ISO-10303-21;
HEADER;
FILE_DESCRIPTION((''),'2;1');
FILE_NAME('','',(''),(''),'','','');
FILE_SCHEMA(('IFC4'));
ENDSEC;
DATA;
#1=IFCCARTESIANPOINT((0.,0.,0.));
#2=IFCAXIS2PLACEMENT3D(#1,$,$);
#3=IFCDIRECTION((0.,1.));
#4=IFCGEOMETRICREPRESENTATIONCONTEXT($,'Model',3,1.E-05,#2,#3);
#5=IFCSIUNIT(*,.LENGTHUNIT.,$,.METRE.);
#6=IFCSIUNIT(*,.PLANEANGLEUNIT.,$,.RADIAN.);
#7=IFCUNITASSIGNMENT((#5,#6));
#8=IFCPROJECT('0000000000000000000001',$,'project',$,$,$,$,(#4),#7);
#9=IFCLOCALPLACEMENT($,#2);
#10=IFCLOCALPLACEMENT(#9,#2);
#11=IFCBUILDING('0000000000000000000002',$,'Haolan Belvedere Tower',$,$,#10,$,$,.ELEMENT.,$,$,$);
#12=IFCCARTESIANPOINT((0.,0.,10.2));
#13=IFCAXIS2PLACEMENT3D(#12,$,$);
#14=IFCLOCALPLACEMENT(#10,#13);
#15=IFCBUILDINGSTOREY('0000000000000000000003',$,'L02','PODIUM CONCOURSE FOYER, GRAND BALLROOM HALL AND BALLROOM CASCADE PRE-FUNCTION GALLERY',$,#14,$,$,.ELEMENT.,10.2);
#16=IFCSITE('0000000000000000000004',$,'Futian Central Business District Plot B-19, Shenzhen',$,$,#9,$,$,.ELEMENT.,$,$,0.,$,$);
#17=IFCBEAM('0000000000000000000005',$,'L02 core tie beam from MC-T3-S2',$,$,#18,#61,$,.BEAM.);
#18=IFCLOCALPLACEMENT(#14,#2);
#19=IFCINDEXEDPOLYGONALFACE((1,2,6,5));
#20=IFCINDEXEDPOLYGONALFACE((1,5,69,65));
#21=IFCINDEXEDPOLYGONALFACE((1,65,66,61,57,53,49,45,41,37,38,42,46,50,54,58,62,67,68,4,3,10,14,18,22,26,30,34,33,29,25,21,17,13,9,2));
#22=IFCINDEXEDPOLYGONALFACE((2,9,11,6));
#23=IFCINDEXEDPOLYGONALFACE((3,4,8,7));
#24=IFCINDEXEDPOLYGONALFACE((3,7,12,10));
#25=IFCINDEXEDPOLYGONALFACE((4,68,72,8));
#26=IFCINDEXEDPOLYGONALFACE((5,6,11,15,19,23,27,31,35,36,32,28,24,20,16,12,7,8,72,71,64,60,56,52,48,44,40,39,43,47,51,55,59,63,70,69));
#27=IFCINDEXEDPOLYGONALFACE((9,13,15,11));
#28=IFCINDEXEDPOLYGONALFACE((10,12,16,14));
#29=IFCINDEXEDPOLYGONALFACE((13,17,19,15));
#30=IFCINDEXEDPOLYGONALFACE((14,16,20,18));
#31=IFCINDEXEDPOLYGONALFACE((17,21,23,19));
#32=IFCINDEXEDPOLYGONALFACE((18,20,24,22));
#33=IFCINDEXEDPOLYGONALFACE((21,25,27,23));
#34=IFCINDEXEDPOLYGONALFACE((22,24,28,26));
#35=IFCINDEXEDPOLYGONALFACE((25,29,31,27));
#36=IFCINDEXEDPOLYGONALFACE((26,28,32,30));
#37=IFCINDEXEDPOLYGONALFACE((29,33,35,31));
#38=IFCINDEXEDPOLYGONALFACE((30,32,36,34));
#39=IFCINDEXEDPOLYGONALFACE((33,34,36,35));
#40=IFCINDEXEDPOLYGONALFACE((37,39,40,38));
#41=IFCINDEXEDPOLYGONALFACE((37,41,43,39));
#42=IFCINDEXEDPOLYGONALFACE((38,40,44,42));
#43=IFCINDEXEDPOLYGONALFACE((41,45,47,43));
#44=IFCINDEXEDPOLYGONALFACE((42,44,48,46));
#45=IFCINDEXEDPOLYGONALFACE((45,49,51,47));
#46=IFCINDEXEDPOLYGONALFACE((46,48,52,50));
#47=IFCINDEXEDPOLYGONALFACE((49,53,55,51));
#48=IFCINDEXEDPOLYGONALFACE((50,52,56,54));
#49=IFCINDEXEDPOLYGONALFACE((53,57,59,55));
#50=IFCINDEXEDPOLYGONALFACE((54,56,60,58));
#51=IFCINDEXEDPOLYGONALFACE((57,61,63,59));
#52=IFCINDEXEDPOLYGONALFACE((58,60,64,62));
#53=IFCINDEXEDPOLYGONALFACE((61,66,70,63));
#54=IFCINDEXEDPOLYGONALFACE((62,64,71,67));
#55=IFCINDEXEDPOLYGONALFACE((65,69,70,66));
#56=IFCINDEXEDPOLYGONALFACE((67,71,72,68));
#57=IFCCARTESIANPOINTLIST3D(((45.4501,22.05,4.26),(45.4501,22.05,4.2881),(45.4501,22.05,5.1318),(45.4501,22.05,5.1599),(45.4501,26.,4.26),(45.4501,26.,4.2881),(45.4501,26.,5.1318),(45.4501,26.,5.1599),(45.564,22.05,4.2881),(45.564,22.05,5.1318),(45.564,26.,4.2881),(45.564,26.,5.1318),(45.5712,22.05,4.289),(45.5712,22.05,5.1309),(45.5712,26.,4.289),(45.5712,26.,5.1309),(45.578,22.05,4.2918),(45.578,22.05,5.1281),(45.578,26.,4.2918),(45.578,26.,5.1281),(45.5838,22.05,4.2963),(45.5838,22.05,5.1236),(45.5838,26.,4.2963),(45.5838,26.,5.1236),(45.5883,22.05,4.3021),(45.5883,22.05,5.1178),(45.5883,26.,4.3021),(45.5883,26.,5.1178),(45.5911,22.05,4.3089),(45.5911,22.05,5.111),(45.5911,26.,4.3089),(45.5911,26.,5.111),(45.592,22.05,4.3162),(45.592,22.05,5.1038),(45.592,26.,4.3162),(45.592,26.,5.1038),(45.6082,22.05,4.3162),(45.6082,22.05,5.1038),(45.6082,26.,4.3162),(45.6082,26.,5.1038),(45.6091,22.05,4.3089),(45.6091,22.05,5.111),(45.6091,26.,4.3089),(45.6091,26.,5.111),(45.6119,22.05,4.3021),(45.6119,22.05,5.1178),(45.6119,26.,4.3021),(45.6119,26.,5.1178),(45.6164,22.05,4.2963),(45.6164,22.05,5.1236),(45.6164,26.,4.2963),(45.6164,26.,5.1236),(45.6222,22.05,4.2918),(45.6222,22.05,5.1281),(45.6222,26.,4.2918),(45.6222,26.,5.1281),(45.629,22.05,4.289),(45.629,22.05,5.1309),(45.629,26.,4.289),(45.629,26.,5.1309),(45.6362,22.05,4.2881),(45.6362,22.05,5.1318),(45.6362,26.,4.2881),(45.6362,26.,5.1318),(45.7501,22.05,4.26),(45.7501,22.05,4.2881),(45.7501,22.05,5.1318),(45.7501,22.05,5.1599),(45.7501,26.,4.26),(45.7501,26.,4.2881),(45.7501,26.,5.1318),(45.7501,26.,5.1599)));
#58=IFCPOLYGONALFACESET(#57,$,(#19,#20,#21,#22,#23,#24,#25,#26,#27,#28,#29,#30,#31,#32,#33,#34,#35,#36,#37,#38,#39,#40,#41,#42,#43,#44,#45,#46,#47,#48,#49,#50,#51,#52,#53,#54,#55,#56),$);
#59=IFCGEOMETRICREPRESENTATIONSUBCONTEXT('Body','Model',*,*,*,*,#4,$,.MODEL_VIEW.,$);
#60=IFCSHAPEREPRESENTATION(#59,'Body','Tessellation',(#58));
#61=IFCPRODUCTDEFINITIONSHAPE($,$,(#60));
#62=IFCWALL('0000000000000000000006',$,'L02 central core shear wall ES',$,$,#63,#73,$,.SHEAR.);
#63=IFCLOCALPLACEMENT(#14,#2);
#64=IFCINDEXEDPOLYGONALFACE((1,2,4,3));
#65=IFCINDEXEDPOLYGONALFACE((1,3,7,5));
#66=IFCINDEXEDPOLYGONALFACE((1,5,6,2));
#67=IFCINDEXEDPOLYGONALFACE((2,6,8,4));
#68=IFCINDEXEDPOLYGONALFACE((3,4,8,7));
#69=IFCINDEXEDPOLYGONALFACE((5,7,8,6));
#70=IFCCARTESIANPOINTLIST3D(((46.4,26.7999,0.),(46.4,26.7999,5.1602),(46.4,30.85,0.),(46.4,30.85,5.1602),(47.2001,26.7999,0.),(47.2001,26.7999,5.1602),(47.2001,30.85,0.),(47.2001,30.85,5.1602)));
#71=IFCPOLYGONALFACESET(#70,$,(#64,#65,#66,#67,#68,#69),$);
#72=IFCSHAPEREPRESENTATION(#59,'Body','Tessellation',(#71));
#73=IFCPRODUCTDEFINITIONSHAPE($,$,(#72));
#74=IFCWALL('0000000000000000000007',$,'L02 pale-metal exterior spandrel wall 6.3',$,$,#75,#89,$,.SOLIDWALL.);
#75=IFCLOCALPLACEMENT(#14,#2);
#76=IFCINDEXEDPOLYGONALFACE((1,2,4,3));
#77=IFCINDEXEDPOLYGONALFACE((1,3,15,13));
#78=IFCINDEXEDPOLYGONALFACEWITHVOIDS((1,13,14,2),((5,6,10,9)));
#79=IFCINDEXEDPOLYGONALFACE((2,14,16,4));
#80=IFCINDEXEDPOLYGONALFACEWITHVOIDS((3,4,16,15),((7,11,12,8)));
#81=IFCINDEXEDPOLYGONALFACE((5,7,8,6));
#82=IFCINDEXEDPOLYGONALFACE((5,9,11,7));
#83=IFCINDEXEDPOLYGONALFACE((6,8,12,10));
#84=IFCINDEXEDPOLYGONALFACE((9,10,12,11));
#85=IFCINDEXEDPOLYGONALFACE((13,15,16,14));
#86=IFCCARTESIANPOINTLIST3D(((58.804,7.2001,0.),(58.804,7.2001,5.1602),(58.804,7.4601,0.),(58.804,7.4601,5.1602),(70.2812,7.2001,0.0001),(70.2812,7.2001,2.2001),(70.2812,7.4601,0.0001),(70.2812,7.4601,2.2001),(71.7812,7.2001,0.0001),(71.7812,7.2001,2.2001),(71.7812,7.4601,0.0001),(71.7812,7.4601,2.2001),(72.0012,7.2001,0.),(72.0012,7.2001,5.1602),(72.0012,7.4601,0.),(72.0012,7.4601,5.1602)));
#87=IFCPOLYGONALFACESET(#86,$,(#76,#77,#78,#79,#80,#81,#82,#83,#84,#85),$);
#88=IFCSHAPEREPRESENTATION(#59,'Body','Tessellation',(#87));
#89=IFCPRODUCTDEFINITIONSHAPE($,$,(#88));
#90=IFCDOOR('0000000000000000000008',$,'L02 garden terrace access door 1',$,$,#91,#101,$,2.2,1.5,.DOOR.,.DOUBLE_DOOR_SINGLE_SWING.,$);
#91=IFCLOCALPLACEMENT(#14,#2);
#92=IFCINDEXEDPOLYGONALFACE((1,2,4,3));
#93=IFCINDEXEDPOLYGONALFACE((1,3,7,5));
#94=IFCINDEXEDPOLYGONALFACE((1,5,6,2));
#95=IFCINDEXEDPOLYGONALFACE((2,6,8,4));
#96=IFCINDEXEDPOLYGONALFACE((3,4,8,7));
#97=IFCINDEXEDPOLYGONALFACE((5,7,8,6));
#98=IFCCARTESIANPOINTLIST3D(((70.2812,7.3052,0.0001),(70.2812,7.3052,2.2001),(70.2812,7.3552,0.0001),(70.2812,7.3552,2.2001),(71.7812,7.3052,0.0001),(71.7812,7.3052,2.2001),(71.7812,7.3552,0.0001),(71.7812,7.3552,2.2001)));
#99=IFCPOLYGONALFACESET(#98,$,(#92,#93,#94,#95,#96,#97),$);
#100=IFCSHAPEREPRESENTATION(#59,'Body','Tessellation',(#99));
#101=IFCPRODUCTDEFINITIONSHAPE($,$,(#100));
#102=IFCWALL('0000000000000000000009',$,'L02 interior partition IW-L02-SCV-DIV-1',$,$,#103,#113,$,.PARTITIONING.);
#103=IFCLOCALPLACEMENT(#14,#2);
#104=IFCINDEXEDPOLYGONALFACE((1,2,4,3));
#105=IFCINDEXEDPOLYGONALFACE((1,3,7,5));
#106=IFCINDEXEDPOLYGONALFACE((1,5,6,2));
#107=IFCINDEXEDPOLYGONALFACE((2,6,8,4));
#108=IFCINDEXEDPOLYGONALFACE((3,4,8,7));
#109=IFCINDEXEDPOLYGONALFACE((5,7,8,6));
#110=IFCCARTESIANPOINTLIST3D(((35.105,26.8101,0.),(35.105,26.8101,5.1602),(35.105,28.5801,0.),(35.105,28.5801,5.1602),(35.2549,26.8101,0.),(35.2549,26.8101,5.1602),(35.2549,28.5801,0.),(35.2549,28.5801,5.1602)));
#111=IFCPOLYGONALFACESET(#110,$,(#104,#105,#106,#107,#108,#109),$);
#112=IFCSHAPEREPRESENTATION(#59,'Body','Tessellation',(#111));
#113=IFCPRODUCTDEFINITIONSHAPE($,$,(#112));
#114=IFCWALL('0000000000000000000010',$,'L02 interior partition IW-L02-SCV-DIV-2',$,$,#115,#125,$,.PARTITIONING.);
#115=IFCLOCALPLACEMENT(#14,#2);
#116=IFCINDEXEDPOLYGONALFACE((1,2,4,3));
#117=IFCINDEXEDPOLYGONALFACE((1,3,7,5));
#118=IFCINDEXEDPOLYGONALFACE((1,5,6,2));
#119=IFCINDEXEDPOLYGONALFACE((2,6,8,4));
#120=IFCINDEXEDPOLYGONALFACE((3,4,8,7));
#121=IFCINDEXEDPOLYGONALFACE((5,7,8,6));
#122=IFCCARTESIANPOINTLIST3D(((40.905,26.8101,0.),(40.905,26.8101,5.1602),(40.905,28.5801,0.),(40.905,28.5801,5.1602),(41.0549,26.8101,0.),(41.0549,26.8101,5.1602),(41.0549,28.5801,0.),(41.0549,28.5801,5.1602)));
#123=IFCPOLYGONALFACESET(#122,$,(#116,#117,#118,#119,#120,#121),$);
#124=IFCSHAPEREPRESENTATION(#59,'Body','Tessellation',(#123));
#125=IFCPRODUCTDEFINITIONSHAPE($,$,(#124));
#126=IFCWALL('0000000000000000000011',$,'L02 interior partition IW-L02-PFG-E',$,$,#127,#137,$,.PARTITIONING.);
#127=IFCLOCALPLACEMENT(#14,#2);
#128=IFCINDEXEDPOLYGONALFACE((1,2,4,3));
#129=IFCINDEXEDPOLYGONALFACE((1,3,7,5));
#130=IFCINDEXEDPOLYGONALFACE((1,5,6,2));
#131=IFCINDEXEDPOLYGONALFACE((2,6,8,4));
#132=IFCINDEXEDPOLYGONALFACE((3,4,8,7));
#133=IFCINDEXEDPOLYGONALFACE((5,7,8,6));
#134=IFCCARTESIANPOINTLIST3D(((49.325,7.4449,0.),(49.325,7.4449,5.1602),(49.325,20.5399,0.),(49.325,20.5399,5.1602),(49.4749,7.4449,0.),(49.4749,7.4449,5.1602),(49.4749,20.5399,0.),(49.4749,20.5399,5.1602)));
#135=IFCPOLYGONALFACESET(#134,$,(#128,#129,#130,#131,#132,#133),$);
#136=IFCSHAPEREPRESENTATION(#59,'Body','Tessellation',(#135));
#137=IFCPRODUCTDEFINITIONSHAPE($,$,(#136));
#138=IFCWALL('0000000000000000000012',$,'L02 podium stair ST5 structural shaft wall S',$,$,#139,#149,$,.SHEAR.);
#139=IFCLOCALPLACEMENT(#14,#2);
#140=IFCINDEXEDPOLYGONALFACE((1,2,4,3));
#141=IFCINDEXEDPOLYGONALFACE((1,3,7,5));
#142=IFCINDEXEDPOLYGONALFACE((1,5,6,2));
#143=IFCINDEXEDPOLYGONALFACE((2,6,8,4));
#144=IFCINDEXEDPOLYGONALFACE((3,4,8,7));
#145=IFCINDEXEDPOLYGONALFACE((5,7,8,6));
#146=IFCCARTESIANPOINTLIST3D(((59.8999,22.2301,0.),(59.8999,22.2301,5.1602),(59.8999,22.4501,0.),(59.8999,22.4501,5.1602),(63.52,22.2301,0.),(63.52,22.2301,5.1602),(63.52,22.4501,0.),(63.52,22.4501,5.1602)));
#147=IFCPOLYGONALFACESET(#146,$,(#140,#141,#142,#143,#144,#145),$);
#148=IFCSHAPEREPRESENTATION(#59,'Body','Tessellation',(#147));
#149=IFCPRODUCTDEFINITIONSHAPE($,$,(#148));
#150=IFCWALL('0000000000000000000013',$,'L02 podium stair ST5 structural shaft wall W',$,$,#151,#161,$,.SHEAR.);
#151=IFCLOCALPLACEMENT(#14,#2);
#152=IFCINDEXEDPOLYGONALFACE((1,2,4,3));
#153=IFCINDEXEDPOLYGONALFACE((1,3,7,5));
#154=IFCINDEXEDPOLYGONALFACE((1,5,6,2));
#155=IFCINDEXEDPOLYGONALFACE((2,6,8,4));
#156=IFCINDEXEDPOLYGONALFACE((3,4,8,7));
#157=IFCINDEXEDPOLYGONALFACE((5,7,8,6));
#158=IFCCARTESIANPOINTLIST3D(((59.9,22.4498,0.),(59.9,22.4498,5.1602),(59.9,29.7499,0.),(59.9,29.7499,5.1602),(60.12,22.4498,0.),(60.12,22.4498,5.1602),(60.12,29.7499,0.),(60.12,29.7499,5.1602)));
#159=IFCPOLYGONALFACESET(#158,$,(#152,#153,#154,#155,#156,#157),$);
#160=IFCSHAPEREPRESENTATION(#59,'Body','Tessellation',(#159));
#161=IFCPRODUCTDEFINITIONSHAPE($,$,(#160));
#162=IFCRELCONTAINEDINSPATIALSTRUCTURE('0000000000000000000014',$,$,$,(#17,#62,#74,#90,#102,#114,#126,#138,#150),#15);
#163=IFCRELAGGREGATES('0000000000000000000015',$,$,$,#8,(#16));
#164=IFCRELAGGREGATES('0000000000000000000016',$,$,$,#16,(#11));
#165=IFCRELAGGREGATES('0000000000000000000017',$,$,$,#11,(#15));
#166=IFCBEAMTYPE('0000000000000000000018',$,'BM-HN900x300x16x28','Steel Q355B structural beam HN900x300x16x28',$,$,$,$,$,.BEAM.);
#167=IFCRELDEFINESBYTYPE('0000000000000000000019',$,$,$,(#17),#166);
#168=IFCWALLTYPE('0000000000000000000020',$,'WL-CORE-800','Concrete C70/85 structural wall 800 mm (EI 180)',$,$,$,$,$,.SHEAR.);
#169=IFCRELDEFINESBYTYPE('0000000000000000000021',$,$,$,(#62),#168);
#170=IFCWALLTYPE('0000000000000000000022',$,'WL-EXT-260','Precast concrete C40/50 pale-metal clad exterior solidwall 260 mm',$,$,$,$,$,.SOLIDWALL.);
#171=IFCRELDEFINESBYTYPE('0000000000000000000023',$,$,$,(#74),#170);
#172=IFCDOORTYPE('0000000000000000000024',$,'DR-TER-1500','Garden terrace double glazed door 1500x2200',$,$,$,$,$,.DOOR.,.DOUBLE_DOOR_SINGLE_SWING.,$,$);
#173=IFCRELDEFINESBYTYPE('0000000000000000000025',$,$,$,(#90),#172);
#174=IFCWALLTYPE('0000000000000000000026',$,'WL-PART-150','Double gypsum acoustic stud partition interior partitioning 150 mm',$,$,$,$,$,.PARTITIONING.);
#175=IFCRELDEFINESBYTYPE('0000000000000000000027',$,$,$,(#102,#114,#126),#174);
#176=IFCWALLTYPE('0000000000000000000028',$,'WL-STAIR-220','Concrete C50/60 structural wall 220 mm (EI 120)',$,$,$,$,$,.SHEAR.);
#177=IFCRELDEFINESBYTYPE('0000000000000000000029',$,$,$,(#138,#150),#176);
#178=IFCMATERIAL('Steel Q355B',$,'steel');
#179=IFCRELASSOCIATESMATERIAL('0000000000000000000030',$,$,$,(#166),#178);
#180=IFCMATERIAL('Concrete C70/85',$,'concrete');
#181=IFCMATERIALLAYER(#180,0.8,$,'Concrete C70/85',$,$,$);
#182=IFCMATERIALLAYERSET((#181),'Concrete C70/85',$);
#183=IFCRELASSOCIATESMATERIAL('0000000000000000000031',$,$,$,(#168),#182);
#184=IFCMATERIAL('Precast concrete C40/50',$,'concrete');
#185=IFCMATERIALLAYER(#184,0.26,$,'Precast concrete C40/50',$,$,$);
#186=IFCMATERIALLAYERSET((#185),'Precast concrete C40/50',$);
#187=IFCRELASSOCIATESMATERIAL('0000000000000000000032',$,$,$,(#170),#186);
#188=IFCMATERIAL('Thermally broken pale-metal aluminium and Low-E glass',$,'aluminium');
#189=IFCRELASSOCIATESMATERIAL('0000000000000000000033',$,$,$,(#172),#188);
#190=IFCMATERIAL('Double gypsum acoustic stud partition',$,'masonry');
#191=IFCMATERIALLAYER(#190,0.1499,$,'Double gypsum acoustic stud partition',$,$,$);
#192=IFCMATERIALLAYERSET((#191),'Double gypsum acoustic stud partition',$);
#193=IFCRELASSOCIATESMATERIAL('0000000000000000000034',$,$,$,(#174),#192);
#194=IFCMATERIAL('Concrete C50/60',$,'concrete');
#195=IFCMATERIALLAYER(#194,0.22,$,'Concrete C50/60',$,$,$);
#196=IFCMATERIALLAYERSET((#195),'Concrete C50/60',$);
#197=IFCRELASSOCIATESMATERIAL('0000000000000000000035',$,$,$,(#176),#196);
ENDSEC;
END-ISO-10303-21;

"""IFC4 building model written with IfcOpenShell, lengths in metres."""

from ifc_helpers import new_model, si_unit, direction, frame, frame_2d, origin, origin_2d, place, context, subcontext, project, spatial, rectangle, i_section, extrude, material, layer, layer_set, material_profile, profile_set, type_object, element, fill, save


model = new_model("IFC4")

# Units and contexts
model_context = context("Model", 3, precision=1e-05, world=origin(), true_north=direction((0.0, 1.0)))
body_context = subcontext(model_context, "Body", "Model", "MODEL_VIEW")
ifc_project = project(units=[si_unit("LENGTHUNIT", "METRE"), si_unit("PLANEANGLEUNIT", "RADIAN")], contexts=[model_context])

# Site, building, storey
site_placement = place(None, origin())
site = spatial("IfcSite", under=ifc_project, at=site_placement, Name="Futian Central Business District Plot B-19, Shenzhen", CompositionType="ELEMENT", RefElevation=0.0)
building_placement = place(site_placement, origin())
building = spatial("IfcBuilding", under=site, at=building_placement, Name="Haolan Belvedere Tower", CompositionType="ELEMENT")
storey_placement = place(building_placement, frame((0.0, 0.0, 10.2)))
storey = spatial("IfcBuildingStorey", under=building, at=storey_placement, Name="L02", Description="PODIUM CONCOURSE FOYER, GRAND BALLROOM HALL AND BALLROOM CASCADE PRE-FUNCTION GALLERY", CompositionType="ELEMENT", Elevation=10.2)

# Shared definitions
ifc_material_1 = material(Name="Steel Q355B", Category="steel")

# Beam
ifc_material_profile_1 = material_profile(ifc_material_1, i_section(OverallWidth=0.3, OverallDepth=0.8999, WebThickness=0.0161, FlangeThickness=0.0281, FilletRadius=0.0281, at=origin_2d()), Name="Steel Q355B")
ifc_profile_set_1 = profile_set([ifc_material_profile_1], Name="Steel Q355B")
beam_type_1 = type_object("IfcBeamType", Name="BM-HN900x300x16x28", Description="Steel Q355B structural beam HN900x300x16x28", PredefinedType="BEAM", material=ifc_profile_set_1)
beam_1_placement = place(storey_placement, frame((45.6001, 22.05, 4.71), z_axis=(0.0, 1.0, 0.0), x_axis=(-1.0, 0.0, 0.0)))
element("IfcBeam", 1, at=beam_1_placement, inside=storey, type_object=beam_type_1, Name="L02 core tie beam from MC-T3-S2", PredefinedType="BEAM", context=body_context, shape_type="SweptSolid", body=[
    extrude(i_section(OverallWidth=0.3, OverallDepth=0.8999, WebThickness=0.0161, FlangeThickness=0.0281, FilletRadius=0.0281, at=origin_2d()), origin(), (0.0, 0.0, 1.0), 3.95),
])

# Wall
ifc_material_2 = material(Name="Concrete C70/85", Category="concrete")
ifc_layer_1 = layer(ifc_material_2, 0.8, Name="Concrete C70/85")
ifc_layer_set_1 = layer_set([ifc_layer_1], Name="Concrete C70/85")
wall_type_1 = type_object("IfcWallType", Name="WL-CORE-800", Description="Concrete C70/85 structural wall 800 mm (EI 180)", PredefinedType="SHEAR", material=ifc_layer_set_1)
wall_1_placement = place(storey_placement, frame((46.8, 26.8, 0.0), z_axis=(0.0, 0.0, 1.0), x_axis=(0.0, 1.0, 0.0)))
element("IfcWall", 2, at=wall_1_placement, inside=storey, type_object=wall_type_1, Name="L02 central core shear wall ES", PredefinedType="SHEAR", context=body_context, shape_type="SweptSolid", body=[
    extrude(rectangle(XDim=4.05, YDim=0.8, at=frame_2d((2.0249, 0.0))), origin(), (0.0, 0.0, 1.0), 5.1602),
])

# Wall, opening, door
ifc_material_3 = material(Name="Precast concrete C40/50", Category="concrete")
ifc_layer_2 = layer(ifc_material_3, 0.26, Name="Precast concrete C40/50")
ifc_layer_set_2 = layer_set([ifc_layer_2], Name="Precast concrete C40/50")
wall_type_2 = type_object("IfcWallType", Name="WL-EXT-260", Description="Precast concrete C40/50 pale-metal clad exterior solidwall 260 mm", PredefinedType="SOLIDWALL", material=ifc_layer_set_2)
wall_2_placement = place(storey_placement, frame((58.804, 7.3301, 0.0), z_axis=(0.0, 0.0, 1.0), x_axis=(1.0, 0.0, 0.0)))
wall_2 = element("IfcWall", 3, at=wall_2_placement, inside=storey, type_object=wall_type_2, Name="L02 pale-metal exterior spandrel wall 6.3", PredefinedType="SOLIDWALL", context=body_context, shape_type="SweptSolid", body=[
    extrude(rectangle(XDim=13.1973, YDim=0.26, at=frame_2d((6.5986, 0.0))), origin(), (0.0, 0.0, 1.0), 5.1602),
])
opening_placement = place(wall_2_placement, frame((12.9773, 0.0, 0.0), z_axis=(0.0, 0.0, 1.0), x_axis=(-1.0, 0.0, 0.0)))
opening = element("IfcOpeningElement", 4, at=opening_placement, cuts=wall_2, PredefinedType="OPENING", context=body_context, shape_type="SweptSolid", body=[
    extrude(rectangle(XDim=1.5, YDim=2.2, at=frame_2d((0.75, 1.1001))), frame((0.0, 0.1399, 0.0), z_axis=(0.0, -1.0, 0.0), x_axis=(1.0, 0.0, 0.0)), (0.0, 0.0, 1.0), 0.28),
])
ifc_material_4 = material(Name="Thermally broken pale-metal aluminium and Low-E glass", Category="aluminium")
door_type = type_object("IfcDoorType", Name="DR-TER-1500", Description="Garden terrace double glazed door 1500x2200", OperationType="DOUBLE_DOOR_SINGLE_SWING", PredefinedType="DOOR", material=ifc_material_4)
door_placement = place(opening_placement, origin())
door = element("IfcDoor", 5, at=door_placement, inside=storey, type_object=door_type, Name="L02 garden terrace access door 1", OperationType="DOUBLE_DOOR_SINGLE_SWING", OverallHeight=2.2, OverallWidth=1.5, PredefinedType="DOOR", context=body_context, shape_type="SweptSolid", body=[
    extrude(rectangle(XDim=1.5, YDim=2.2, at=frame_2d((0.75, 1.1001))), frame((0.0, 0.0249, 0.0), z_axis=(0.0, -1.0, 0.0), x_axis=(1.0, 0.0, 0.0)), (0.0, 0.0, 1.0), 0.05),
])
fill(opening, door)

# Walls
ifc_material_5 = material(Name="Double gypsum acoustic stud partition", Category="masonry")
ifc_layer_3 = layer(ifc_material_5, 0.1499, Name="Double gypsum acoustic stud partition")
ifc_layer_set_3 = layer_set([ifc_layer_3], Name="Double gypsum acoustic stud partition")
wall_type_3 = type_object("IfcWallType", Name="WL-PART-150", Description="Double gypsum acoustic stud partition interior partitioning 150 mm", PredefinedType="PARTITIONING", material=ifc_layer_set_3)
for number, where, z_axis, x_axis, name in (
    (6, (35.1799, 26.8101, 0.0), (0.0, 0.0, 1.0), (0.0, 1.0, 0.0), "L02 interior partition IW-L02-SCV-DIV-1"),
    (7, (40.98, 26.8101, 0.0), (0.0, 0.0, 1.0), (0.0, 1.0, 0.0), "L02 interior partition IW-L02-SCV-DIV-2"),
):
    element("IfcWall", number, at=place(storey_placement, frame(where, z_axis=z_axis, x_axis=x_axis)), inside=storey, type_object=wall_type_3, Name=name, PredefinedType="PARTITIONING", context=body_context, shape_type="SweptSolid", body=[
        extrude(rectangle(XDim=1.77, YDim=0.1499, at=frame_2d((0.885, 0.0))), origin(), (0.0, 0.0, 1.0), 5.1602),
    ])
wall_3_placement = place(storey_placement, frame((49.3999, 7.4451, 0.0), z_axis=(0.0, 0.0, 1.0), x_axis=(0.0, 1.0, 0.0)))
element("IfcWall", 8, at=wall_3_placement, inside=storey, type_object=wall_type_3, Name="L02 interior partition IW-L02-PFG-E", PredefinedType="PARTITIONING", context=body_context, shape_type="SweptSolid", body=[
    extrude(rectangle(XDim=13.095, YDim=0.1499, at=frame_2d((6.5474, 0.0))), origin(), (0.0, 0.0, 1.0), 5.1602),
])
ifc_material_6 = material(Name="Concrete C50/60", Category="concrete")
ifc_layer_4 = layer(ifc_material_6, 0.22, Name="Concrete C50/60")
ifc_layer_set_4 = layer_set([ifc_layer_4], Name="Concrete C50/60")
wall_type_4 = type_object("IfcWallType", Name="WL-STAIR-220", Description="Concrete C50/60 structural wall 220 mm (EI 120)", PredefinedType="SHEAR", material=ifc_layer_set_4)
wall_4_placement = place(storey_placement, frame((59.8999, 22.3401, 0.0), z_axis=(0.0, 0.0, 1.0), x_axis=(1.0, 0.0, 0.0)))
element("IfcWall", 9, at=wall_4_placement, inside=storey, type_object=wall_type_4, Name="L02 podium stair ST5 structural shaft wall S", PredefinedType="SHEAR", context=body_context, shape_type="SweptSolid", body=[
    extrude(rectangle(XDim=3.6201, YDim=0.22, at=frame_2d((1.8101, 0.0))), origin(), (0.0, 0.0, 1.0), 5.1602),
])
wall_5_placement = place(storey_placement, frame((60.01, 22.45, 0.0), z_axis=(0.0, 0.0, 1.0), x_axis=(0.0, 1.0, 0.0)))
element("IfcWall", 10, at=wall_5_placement, inside=storey, type_object=wall_type_4, Name="L02 podium stair ST5 structural shaft wall W", PredefinedType="SHEAR", context=body_context, shape_type="SweptSolid", body=[
    extrude(rectangle(XDim=7.3, YDim=0.22, at=frame_2d((3.6499, 0.0))), origin(), (0.0, 0.0, 1.0), 5.1602),
])

save(model, "model.ifc")
